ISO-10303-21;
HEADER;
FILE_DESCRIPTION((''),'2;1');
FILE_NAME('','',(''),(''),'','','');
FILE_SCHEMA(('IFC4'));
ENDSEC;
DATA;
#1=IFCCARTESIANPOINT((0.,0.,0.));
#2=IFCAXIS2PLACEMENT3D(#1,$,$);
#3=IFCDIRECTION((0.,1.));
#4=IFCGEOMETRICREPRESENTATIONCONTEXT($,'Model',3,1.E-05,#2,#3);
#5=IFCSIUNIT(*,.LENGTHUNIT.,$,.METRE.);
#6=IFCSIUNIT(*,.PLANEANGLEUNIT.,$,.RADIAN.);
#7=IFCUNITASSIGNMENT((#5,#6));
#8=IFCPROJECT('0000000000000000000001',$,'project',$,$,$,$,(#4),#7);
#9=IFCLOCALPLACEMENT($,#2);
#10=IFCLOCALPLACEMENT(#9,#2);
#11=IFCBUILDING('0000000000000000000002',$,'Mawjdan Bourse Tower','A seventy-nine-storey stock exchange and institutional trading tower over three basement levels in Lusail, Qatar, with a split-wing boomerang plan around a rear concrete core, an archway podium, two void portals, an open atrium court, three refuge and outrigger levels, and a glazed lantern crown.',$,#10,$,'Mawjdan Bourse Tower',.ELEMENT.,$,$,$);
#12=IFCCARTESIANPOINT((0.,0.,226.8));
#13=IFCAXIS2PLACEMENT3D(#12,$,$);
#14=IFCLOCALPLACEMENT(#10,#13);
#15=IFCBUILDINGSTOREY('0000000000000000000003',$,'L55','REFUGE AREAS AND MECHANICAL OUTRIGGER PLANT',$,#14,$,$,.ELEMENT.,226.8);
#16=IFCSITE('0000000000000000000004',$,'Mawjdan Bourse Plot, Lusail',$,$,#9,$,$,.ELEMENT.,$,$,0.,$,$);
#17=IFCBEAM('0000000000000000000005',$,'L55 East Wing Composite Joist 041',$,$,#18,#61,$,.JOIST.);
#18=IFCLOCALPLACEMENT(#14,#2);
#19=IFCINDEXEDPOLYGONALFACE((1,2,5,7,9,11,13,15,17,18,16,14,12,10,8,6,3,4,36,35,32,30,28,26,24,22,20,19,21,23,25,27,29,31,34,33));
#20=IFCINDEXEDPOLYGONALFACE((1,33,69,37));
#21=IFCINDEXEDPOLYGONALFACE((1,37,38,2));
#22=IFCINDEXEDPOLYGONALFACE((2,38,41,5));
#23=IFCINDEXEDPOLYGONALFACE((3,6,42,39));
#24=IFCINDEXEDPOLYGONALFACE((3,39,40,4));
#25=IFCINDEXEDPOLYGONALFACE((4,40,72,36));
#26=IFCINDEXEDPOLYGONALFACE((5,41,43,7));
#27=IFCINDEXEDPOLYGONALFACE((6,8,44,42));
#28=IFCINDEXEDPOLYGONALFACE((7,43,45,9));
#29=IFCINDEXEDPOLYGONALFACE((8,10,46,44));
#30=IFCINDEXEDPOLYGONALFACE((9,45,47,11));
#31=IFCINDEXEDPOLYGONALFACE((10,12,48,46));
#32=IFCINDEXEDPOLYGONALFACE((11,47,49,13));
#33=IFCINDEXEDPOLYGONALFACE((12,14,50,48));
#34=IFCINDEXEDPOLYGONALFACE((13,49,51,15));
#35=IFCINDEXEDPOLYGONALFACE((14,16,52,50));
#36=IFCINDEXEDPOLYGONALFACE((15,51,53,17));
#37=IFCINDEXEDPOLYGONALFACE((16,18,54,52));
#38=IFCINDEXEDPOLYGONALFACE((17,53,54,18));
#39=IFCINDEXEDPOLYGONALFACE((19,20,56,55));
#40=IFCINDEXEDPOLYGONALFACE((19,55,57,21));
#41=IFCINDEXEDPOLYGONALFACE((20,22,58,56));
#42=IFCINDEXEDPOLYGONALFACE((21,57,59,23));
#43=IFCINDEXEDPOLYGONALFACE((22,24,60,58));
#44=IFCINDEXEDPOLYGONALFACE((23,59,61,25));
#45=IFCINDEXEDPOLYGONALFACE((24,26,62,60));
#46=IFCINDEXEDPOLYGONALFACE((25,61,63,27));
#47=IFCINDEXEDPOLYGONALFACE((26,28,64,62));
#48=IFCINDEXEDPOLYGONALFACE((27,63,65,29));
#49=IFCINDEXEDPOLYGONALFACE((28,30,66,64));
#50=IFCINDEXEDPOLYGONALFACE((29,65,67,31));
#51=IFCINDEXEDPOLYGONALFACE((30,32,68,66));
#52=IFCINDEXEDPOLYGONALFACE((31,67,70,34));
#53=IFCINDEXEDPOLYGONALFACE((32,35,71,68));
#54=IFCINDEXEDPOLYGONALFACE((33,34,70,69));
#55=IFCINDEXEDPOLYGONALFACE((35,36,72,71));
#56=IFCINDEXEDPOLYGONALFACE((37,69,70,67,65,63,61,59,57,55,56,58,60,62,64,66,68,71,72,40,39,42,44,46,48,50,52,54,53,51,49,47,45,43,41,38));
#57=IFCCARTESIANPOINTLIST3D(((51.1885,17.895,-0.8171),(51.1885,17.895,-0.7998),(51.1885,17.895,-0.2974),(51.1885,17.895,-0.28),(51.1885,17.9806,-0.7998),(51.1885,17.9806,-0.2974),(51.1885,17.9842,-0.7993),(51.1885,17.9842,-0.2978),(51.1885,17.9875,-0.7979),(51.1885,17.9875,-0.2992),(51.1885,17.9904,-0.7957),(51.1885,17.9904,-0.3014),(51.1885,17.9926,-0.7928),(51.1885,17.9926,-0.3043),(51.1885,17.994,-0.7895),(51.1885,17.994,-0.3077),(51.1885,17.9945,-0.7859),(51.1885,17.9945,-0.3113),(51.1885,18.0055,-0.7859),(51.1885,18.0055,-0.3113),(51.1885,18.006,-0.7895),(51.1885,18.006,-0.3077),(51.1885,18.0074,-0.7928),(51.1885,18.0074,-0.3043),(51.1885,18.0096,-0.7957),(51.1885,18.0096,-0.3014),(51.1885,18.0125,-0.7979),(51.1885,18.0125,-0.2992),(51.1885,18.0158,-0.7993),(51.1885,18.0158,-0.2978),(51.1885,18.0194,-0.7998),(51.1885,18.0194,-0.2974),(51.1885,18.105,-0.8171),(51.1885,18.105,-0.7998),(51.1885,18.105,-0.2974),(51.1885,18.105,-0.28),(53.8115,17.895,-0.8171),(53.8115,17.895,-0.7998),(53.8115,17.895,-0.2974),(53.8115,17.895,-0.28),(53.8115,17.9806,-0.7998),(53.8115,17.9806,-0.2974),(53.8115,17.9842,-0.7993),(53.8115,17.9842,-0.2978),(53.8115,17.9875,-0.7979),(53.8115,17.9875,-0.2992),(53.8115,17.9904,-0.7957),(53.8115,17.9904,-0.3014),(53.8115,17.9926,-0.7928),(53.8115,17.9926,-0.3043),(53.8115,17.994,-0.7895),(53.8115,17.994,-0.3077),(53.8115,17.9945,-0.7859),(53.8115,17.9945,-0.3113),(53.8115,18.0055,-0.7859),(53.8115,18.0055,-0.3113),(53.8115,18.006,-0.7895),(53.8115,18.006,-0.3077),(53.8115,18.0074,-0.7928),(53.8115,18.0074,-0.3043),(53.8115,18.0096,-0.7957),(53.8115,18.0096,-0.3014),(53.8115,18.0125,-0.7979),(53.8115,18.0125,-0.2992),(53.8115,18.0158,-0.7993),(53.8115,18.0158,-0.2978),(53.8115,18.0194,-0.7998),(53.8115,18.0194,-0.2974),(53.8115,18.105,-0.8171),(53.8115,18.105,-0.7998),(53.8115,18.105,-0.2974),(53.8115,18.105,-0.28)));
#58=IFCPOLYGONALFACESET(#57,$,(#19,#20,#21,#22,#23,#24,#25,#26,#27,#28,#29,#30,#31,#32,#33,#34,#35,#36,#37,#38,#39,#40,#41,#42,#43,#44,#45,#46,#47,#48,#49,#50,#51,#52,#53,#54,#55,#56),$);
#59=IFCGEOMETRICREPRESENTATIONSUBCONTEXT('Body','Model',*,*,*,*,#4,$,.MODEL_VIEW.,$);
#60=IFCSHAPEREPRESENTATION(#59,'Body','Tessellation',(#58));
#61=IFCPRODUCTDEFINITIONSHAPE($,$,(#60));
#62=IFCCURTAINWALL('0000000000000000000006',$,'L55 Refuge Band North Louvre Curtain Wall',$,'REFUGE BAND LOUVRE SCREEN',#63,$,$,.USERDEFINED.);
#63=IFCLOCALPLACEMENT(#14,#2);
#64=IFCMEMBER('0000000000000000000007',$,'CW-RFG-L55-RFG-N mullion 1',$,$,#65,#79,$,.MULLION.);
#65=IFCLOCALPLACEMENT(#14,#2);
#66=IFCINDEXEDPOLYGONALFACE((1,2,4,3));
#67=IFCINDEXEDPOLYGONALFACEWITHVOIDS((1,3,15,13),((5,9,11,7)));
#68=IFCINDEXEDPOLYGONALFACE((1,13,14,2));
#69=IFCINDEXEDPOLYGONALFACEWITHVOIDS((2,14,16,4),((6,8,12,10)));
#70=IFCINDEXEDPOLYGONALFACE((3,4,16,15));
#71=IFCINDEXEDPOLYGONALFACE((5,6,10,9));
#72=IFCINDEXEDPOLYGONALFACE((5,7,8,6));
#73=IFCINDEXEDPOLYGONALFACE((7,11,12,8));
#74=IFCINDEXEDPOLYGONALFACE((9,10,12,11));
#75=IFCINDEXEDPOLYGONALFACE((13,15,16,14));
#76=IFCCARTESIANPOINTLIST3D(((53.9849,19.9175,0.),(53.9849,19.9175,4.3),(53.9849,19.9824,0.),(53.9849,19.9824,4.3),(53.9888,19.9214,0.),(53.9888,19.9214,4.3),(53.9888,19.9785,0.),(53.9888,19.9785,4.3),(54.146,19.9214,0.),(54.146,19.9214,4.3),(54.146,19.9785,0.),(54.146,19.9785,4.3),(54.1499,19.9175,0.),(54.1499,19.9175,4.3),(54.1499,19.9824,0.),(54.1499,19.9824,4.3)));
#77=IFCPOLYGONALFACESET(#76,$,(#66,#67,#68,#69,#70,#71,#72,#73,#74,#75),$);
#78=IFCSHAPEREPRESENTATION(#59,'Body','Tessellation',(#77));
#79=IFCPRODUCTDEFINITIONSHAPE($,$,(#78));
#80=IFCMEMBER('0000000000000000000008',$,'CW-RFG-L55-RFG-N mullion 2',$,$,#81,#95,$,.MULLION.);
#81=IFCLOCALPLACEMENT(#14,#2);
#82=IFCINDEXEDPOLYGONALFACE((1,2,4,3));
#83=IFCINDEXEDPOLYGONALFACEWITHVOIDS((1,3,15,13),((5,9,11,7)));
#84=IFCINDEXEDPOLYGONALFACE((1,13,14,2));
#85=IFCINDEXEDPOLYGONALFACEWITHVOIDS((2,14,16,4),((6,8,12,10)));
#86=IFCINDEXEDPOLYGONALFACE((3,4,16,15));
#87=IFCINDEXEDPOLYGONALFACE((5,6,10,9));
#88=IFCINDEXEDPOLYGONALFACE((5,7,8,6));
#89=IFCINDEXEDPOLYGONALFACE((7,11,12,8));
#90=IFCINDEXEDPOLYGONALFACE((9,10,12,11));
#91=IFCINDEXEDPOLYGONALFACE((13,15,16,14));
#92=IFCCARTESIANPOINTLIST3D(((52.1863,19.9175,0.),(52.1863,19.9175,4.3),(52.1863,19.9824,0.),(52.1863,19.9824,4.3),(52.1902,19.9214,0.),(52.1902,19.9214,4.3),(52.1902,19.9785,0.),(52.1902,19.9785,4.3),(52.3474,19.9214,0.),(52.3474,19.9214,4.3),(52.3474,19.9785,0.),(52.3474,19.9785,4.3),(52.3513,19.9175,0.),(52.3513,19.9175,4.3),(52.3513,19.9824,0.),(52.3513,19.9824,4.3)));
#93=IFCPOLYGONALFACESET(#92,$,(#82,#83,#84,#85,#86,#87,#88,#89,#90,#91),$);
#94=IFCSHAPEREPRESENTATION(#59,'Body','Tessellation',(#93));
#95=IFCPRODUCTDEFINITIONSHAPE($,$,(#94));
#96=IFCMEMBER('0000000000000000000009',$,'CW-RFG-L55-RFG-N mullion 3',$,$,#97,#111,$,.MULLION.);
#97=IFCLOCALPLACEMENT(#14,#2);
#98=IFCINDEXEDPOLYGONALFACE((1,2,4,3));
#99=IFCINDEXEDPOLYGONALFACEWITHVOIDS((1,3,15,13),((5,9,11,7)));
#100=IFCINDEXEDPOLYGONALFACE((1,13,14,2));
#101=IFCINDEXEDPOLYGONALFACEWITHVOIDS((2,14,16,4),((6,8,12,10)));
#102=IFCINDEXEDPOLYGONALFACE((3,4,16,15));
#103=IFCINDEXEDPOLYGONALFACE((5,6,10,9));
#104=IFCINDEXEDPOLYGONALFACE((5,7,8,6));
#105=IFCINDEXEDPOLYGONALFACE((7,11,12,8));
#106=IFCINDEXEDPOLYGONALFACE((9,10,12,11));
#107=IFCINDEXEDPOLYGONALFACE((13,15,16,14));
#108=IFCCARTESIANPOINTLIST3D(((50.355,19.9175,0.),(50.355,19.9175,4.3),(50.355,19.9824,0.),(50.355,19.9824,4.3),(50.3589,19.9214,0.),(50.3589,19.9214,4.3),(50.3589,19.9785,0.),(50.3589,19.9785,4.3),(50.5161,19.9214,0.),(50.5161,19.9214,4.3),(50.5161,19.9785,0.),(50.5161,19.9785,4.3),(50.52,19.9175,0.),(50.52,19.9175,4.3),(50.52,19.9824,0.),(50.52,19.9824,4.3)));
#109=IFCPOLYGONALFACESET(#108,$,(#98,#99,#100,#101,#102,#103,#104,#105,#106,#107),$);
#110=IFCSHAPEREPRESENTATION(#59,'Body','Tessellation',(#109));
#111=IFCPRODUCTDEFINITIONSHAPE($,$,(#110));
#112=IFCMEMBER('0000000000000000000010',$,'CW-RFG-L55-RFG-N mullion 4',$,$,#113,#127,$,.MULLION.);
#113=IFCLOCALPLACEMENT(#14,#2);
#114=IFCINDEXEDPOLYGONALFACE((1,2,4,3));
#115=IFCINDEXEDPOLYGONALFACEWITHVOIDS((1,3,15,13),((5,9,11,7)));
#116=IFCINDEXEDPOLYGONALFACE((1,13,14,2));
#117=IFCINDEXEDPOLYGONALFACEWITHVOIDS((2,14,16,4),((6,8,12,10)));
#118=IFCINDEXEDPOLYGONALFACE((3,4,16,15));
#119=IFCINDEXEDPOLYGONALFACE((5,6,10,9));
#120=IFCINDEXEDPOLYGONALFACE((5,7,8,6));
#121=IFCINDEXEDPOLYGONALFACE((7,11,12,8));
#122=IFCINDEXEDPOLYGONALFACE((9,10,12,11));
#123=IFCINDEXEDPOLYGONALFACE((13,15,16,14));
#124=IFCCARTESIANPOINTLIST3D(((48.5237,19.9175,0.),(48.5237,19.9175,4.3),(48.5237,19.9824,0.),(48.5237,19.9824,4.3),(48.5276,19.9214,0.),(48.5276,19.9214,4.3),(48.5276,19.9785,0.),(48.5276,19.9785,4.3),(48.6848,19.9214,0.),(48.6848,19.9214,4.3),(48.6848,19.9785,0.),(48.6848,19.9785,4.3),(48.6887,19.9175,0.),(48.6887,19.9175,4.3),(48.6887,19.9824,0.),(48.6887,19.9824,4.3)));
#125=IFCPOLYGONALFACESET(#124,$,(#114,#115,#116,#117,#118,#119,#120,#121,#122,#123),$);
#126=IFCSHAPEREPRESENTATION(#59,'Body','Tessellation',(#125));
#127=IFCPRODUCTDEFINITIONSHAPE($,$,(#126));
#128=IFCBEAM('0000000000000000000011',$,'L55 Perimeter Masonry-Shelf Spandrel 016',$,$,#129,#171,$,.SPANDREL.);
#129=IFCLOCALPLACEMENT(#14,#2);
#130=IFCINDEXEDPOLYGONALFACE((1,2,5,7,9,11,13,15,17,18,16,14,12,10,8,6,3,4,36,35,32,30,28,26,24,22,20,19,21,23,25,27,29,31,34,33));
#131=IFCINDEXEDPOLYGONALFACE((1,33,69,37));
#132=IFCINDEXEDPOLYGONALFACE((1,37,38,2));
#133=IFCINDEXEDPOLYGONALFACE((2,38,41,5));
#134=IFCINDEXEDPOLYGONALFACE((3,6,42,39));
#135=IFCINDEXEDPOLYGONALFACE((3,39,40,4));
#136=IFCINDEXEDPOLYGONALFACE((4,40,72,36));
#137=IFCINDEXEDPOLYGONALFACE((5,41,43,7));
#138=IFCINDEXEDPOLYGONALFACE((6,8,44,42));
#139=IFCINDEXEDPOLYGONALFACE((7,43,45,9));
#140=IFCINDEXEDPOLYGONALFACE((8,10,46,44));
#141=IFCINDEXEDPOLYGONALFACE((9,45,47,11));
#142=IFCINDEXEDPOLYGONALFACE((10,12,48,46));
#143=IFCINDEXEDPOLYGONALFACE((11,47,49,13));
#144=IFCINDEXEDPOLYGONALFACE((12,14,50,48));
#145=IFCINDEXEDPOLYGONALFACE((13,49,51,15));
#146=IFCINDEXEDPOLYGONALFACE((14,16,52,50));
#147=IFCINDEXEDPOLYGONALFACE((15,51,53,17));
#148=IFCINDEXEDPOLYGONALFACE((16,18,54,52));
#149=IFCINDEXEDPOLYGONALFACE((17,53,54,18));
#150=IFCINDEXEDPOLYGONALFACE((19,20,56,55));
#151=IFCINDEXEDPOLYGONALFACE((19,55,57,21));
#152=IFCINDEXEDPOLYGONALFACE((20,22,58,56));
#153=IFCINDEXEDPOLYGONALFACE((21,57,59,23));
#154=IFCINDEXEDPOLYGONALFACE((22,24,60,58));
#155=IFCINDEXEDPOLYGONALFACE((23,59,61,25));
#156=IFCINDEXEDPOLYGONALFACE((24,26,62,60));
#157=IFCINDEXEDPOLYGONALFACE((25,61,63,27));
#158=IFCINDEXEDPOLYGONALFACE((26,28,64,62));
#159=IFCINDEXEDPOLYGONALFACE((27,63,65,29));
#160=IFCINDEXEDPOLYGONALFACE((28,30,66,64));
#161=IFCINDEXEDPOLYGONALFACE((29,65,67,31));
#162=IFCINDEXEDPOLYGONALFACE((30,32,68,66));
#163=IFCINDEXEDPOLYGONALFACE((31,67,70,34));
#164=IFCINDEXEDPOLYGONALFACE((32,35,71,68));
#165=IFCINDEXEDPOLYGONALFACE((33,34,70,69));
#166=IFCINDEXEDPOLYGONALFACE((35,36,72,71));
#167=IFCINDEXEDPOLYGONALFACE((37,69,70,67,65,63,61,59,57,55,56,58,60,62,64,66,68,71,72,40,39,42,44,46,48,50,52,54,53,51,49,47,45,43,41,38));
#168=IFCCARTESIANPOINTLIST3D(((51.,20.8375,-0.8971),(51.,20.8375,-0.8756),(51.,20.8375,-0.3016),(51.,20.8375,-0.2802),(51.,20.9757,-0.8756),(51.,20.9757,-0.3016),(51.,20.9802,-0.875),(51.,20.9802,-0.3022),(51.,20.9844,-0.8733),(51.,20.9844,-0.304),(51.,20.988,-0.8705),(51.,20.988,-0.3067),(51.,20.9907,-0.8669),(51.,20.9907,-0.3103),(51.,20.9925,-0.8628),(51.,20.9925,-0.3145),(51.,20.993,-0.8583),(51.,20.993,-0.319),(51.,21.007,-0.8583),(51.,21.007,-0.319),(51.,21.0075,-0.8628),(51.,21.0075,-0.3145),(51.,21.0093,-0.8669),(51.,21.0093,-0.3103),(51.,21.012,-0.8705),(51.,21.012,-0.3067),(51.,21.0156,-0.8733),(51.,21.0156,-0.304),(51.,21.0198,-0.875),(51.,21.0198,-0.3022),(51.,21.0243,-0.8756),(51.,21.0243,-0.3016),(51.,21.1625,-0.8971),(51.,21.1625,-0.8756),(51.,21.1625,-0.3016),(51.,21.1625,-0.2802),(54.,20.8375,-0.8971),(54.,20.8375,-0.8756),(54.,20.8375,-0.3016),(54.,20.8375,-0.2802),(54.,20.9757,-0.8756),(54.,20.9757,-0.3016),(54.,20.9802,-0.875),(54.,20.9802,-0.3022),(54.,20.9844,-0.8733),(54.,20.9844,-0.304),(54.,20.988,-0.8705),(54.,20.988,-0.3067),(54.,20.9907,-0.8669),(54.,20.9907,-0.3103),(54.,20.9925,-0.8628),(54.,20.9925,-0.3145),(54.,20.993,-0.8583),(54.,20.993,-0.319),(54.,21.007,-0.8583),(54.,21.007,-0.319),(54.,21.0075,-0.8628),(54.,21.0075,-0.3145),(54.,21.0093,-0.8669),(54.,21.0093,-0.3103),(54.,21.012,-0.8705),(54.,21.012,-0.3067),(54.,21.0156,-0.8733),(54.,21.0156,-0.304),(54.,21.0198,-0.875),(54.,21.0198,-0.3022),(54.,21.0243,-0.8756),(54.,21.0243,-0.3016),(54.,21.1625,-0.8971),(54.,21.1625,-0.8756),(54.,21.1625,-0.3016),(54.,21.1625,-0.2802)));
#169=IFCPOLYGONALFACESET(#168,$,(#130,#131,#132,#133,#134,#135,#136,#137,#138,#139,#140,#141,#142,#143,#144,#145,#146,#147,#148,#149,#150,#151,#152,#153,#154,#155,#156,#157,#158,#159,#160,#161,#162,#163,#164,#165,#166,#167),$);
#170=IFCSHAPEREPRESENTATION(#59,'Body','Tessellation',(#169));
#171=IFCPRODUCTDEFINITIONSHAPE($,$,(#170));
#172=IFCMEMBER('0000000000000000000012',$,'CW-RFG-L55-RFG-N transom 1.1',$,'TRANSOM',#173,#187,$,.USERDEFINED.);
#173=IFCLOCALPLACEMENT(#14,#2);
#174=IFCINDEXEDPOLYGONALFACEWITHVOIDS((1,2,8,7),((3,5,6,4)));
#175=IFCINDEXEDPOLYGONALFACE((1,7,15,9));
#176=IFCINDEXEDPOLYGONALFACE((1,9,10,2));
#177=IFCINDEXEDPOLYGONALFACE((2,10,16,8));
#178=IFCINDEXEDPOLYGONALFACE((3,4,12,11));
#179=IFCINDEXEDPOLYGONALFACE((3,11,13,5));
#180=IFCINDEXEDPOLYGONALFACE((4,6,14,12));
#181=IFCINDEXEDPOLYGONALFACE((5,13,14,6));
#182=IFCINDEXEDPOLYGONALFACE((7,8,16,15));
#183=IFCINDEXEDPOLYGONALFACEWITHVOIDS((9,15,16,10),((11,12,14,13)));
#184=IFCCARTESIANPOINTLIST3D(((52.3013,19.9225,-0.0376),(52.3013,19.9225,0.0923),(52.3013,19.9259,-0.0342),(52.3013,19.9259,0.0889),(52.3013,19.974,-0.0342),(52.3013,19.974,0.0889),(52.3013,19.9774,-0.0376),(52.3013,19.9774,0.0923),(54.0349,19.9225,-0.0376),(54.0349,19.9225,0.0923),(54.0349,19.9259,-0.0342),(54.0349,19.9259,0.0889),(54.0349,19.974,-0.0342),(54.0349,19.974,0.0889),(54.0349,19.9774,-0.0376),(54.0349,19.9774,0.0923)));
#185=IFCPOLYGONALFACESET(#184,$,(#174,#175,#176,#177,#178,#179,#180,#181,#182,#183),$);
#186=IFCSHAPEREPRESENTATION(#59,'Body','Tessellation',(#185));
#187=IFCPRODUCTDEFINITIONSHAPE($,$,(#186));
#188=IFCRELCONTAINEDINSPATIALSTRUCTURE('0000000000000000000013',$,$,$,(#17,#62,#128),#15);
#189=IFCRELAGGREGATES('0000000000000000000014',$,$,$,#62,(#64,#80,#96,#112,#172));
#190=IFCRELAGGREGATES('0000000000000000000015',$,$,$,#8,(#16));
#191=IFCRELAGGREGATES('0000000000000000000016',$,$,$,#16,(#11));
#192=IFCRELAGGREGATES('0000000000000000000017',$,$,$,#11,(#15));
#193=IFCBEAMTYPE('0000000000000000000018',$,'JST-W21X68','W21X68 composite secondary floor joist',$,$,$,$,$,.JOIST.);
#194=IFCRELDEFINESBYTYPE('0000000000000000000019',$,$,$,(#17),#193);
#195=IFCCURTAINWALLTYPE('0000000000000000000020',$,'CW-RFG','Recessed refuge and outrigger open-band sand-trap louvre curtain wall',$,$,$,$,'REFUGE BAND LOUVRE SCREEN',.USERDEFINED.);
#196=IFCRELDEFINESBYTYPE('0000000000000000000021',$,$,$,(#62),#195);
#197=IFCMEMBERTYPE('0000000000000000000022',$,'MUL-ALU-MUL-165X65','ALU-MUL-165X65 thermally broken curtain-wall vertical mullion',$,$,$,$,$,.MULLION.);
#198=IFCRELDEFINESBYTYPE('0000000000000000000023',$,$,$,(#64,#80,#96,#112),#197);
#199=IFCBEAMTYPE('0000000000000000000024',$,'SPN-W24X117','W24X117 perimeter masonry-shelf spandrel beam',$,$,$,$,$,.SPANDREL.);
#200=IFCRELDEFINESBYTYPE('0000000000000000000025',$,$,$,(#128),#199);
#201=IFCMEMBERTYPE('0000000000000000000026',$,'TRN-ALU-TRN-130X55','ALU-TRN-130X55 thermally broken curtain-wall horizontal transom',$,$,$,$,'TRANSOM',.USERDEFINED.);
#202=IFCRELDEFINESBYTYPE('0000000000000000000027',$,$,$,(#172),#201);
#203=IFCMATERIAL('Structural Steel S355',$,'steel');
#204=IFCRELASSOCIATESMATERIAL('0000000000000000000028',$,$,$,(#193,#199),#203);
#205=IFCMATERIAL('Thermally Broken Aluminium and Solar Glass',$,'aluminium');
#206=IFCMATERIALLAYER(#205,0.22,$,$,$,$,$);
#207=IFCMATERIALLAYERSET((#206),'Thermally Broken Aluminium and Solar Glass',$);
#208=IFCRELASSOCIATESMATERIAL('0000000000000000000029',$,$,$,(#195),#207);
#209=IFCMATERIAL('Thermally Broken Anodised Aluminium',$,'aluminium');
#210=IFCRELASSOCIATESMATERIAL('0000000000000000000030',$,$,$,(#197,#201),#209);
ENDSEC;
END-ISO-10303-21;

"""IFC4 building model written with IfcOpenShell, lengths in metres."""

from ifc_helpers import new_model, si_unit, direction, frame, origin, origin_2d, place, context, subcontext, project, spatial, hollow_rectangle, i_section, extrude, material, layer, layer_set, material_profile, profile_set, type_object, element, aggregate, save


model = new_model("IFC4")

# Units and contexts
model_context = context("Model", 3, precision=1e-05, world=origin(), true_north=direction((0.0, 1.0)))
body_context = subcontext(model_context, "Body", "Model", "MODEL_VIEW")
ifc_project = project(units=[si_unit("LENGTHUNIT", "METRE"), si_unit("PLANEANGLEUNIT", "RADIAN")], contexts=[model_context])

# Site, building, storey
site_placement = place(None, origin())
site = spatial("IfcSite", under=ifc_project, at=site_placement, Name="Mawjdan Bourse Plot, Lusail", CompositionType="ELEMENT", RefElevation=0.0)
building_placement = place(site_placement, origin())
building = spatial("IfcBuilding", under=site, at=building_placement, Name="Mawjdan Bourse Tower", Description="A seventy-nine-storey stock exchange and institutional trading tower over three basement levels in Lusail, Qatar, with a split-wing boomerang plan around a rear concrete core, an archway podium, two void portals, an open atrium court, three refuge and outrigger levels, and a glazed lantern crown.", LongName="Mawjdan Bourse Tower", CompositionType="ELEMENT")
storey_placement = place(building_placement, frame((0.0, 0.0, 226.8)))
storey = spatial("IfcBuildingStorey", under=building, at=storey_placement, Name="L55", Description="REFUGE AREAS AND MECHANICAL OUTRIGGER PLANT", CompositionType="ELEMENT", Elevation=226.8)

# Beam
ifc_material_1 = material(Name="Structural Steel S355", Category="steel")
ifc_material_profile_1 = material_profile(ifc_material_1, i_section(OverallWidth=0.21, OverallDepth=0.5371, WebThickness=0.011, FlangeThickness=0.0173, FilletRadius=0.0139, at=origin_2d()), Name="W21X68")
ifc_profile_set_1 = profile_set([ifc_material_profile_1], Name="Structural Steel S355")
beam_type_1 = type_object("IfcBeamType", Name="JST-W21X68", Description="W21X68 composite secondary floor joist", PredefinedType="JOIST", material=ifc_profile_set_1)
for number, where, z_axis, x_axis, name in (
    (1, (51.1885, 18.0, -0.5486), (1.0, 0.0, 0.0), (0.0, 1.0, 0.0), "L55 East Wing Composite Joist 041"),
):
    element("IfcBeam", number, at=place(storey_placement, frame(where, z_axis=z_axis, x_axis=x_axis)), inside=storey, type_object=beam_type_1, Name=name, PredefinedType="JOIST", context=body_context, shape_type="SweptSolid", body=[
        extrude(i_section(OverallWidth=0.21, OverallDepth=0.5371, WebThickness=0.011, FlangeThickness=0.0173, FilletRadius=0.0139, at=origin_2d()), origin(), (0.0, 0.0, 1.0), 2.623),
    ])

# Curtain wall, members
ifc_material_2 = material(Name="Thermally Broken Aluminium and Solar Glass", Category="aluminium")
ifc_layer_1 = layer(ifc_material_2, 0.22)
ifc_layer_set_1 = layer_set([ifc_layer_1], Name="Thermally Broken Aluminium and Solar Glass")
curtain_wall_type = type_object("IfcCurtainWallType", Name="CW-RFG", Description="Recessed refuge and outrigger open-band sand-trap louvre curtain wall", ElementType="REFUGE BAND LOUVRE SCREEN", PredefinedType="USERDEFINED", material=ifc_layer_set_1)
curtain_wall_placement = place(storey_placement, origin())
curtain_wall = element("IfcCurtainWall", 2, at=curtain_wall_placement, inside=storey, type_object=curtain_wall_type, Name="L55 Refuge Band North Louvre Curtain Wall", ObjectType="REFUGE BAND LOUVRE SCREEN", PredefinedType="USERDEFINED")
ifc_material_3 = material(Name="Thermally Broken Anodised Aluminium", Category="aluminium")
ifc_material_profile_2 = material_profile(ifc_material_3, hollow_rectangle(XDim=0.0649, YDim=0.165, WallThickness=0.0039, at=origin_2d()), Name="ALU-MUL-165X65")
ifc_profile_set_2 = profile_set([ifc_material_profile_2], Name="Thermally Broken Anodised Aluminium")
member_type_1 = type_object("IfcMemberType", Name="MUL-ALU-MUL-165X65", Description="ALU-MUL-165X65 thermally broken curtain-wall vertical mullion", PredefinedType="MULLION", material=ifc_profile_set_2)
member_1_placement = place(storey_placement, frame((54.0674, 19.95, 0.0), z_axis=(0.0, 0.0, 1.0), x_axis=(0.0, -1.0, 0.0)))
member_1 = element("IfcMember", 3, at=member_1_placement, type_object=member_type_1, Name="CW-RFG-L55-RFG-N mullion 1", PredefinedType="MULLION", context=body_context, shape_type="SweptSolid", body=[
    extrude(hollow_rectangle(XDim=0.0649, YDim=0.165, WallThickness=0.0039, at=origin_2d()), origin(), (0.0, 0.0, 1.0), 4.3),
])
member_2_placement = place(storey_placement, frame((52.2688, 19.95, 0.0), z_axis=(0.0, 0.0, 1.0), x_axis=(0.0, -1.0, 0.0)))
member_2 = element("IfcMember", 4, at=member_2_placement, type_object=member_type_1, Name="CW-RFG-L55-RFG-N mullion 2", PredefinedType="MULLION", context=body_context, shape_type="SweptSolid", body=[
    extrude(hollow_rectangle(XDim=0.0649, YDim=0.165, WallThickness=0.0039, at=origin_2d()), origin(), (0.0, 0.0, 1.0), 4.3),
])
member_3_placement = place(storey_placement, frame((50.4375, 19.95, 0.0), z_axis=(0.0, 0.0, 1.0), x_axis=(0.0, -1.0, 0.0)))
member_3 = element("IfcMember", 5, at=member_3_placement, type_object=member_type_1, Name="CW-RFG-L55-RFG-N mullion 3", PredefinedType="MULLION", context=body_context, shape_type="SweptSolid", body=[
    extrude(hollow_rectangle(XDim=0.0649, YDim=0.165, WallThickness=0.0039, at=origin_2d()), origin(), (0.0, 0.0, 1.0), 4.3),
])
member_4_placement = place(storey_placement, frame((48.6062, 19.95, 0.0), z_axis=(0.0, 0.0, 1.0), x_axis=(0.0, -1.0, 0.0)))
member_4 = element("IfcMember", 6, at=member_4_placement, type_object=member_type_1, Name="CW-RFG-L55-RFG-N mullion 4", PredefinedType="MULLION", context=body_context, shape_type="SweptSolid", body=[
    extrude(hollow_rectangle(XDim=0.0649, YDim=0.165, WallThickness=0.0039, at=origin_2d()), origin(), (0.0, 0.0, 1.0), 4.3),
])

# Beam
ifc_material_profile_3 = material_profile(ifc_material_1, i_section(OverallWidth=0.325, OverallDepth=0.6169, WebThickness=0.0139, FlangeThickness=0.0215, FilletRadius=0.0173, at=origin_2d()), Name="W24X117")
ifc_profile_set_3 = profile_set([ifc_material_profile_3], Name="Structural Steel S355")
beam_type_2 = type_object("IfcBeamType", Name="SPN-W24X117", Description="W24X117 perimeter masonry-shelf spandrel beam", PredefinedType="SPANDREL", material=ifc_profile_set_3)
beam_placement = place(storey_placement, frame((51.0, 21.0, -0.5886), z_axis=(1.0, 0.0, 0.0), x_axis=(0.0, 1.0, 0.0)))
element("IfcBeam", 7, at=beam_placement, inside=storey, type_object=beam_type_2, Name="L55 Perimeter Masonry-Shelf Spandrel 016", PredefinedType="SPANDREL", context=body_context, shape_type="SweptSolid", body=[
    extrude(i_section(OverallWidth=0.325, OverallDepth=0.6169, WebThickness=0.0139, FlangeThickness=0.0215, FilletRadius=0.0173, at=origin_2d()), origin(), (0.0, 0.0, 1.0), 3.0),
])

# Member
ifc_material_profile_4 = material_profile(ifc_material_3, hollow_rectangle(XDim=0.0549, YDim=0.1299, WallThickness=0.0034, at=origin_2d()), Name="ALU-TRN-130X55")
ifc_profile_set_4 = profile_set([ifc_material_profile_4], Name="Thermally Broken Anodised Aluminium")
member_type_2 = type_object("IfcMemberType", Name="TRN-ALU-TRN-130X55", Description="ALU-TRN-130X55 thermally broken curtain-wall horizontal transom", ElementType="TRANSOM", PredefinedType="USERDEFINED", material=ifc_profile_set_4)
member_5_placement = place(storey_placement, frame((54.0349, 19.95, 0.0273), z_axis=(-1.0, 0.0, 0.0), x_axis=(0.0, -1.0, 0.0)))
member_5 = element("IfcMember", 8, at=member_5_placement, type_object=member_type_2, Name="CW-RFG-L55-RFG-N transom 1.1", ObjectType="TRANSOM", PredefinedType="USERDEFINED", context=body_context, shape_type="SweptSolid", body=[
    extrude(hollow_rectangle(XDim=0.0549, YDim=0.1299, WallThickness=0.0034, at=origin_2d()), origin(), (0.0, 0.0, 1.0), 1.7336),
])

aggregate(curtain_wall, [member_1, member_2, member_3, member_4, member_5])

save(model, "model.ifc")
